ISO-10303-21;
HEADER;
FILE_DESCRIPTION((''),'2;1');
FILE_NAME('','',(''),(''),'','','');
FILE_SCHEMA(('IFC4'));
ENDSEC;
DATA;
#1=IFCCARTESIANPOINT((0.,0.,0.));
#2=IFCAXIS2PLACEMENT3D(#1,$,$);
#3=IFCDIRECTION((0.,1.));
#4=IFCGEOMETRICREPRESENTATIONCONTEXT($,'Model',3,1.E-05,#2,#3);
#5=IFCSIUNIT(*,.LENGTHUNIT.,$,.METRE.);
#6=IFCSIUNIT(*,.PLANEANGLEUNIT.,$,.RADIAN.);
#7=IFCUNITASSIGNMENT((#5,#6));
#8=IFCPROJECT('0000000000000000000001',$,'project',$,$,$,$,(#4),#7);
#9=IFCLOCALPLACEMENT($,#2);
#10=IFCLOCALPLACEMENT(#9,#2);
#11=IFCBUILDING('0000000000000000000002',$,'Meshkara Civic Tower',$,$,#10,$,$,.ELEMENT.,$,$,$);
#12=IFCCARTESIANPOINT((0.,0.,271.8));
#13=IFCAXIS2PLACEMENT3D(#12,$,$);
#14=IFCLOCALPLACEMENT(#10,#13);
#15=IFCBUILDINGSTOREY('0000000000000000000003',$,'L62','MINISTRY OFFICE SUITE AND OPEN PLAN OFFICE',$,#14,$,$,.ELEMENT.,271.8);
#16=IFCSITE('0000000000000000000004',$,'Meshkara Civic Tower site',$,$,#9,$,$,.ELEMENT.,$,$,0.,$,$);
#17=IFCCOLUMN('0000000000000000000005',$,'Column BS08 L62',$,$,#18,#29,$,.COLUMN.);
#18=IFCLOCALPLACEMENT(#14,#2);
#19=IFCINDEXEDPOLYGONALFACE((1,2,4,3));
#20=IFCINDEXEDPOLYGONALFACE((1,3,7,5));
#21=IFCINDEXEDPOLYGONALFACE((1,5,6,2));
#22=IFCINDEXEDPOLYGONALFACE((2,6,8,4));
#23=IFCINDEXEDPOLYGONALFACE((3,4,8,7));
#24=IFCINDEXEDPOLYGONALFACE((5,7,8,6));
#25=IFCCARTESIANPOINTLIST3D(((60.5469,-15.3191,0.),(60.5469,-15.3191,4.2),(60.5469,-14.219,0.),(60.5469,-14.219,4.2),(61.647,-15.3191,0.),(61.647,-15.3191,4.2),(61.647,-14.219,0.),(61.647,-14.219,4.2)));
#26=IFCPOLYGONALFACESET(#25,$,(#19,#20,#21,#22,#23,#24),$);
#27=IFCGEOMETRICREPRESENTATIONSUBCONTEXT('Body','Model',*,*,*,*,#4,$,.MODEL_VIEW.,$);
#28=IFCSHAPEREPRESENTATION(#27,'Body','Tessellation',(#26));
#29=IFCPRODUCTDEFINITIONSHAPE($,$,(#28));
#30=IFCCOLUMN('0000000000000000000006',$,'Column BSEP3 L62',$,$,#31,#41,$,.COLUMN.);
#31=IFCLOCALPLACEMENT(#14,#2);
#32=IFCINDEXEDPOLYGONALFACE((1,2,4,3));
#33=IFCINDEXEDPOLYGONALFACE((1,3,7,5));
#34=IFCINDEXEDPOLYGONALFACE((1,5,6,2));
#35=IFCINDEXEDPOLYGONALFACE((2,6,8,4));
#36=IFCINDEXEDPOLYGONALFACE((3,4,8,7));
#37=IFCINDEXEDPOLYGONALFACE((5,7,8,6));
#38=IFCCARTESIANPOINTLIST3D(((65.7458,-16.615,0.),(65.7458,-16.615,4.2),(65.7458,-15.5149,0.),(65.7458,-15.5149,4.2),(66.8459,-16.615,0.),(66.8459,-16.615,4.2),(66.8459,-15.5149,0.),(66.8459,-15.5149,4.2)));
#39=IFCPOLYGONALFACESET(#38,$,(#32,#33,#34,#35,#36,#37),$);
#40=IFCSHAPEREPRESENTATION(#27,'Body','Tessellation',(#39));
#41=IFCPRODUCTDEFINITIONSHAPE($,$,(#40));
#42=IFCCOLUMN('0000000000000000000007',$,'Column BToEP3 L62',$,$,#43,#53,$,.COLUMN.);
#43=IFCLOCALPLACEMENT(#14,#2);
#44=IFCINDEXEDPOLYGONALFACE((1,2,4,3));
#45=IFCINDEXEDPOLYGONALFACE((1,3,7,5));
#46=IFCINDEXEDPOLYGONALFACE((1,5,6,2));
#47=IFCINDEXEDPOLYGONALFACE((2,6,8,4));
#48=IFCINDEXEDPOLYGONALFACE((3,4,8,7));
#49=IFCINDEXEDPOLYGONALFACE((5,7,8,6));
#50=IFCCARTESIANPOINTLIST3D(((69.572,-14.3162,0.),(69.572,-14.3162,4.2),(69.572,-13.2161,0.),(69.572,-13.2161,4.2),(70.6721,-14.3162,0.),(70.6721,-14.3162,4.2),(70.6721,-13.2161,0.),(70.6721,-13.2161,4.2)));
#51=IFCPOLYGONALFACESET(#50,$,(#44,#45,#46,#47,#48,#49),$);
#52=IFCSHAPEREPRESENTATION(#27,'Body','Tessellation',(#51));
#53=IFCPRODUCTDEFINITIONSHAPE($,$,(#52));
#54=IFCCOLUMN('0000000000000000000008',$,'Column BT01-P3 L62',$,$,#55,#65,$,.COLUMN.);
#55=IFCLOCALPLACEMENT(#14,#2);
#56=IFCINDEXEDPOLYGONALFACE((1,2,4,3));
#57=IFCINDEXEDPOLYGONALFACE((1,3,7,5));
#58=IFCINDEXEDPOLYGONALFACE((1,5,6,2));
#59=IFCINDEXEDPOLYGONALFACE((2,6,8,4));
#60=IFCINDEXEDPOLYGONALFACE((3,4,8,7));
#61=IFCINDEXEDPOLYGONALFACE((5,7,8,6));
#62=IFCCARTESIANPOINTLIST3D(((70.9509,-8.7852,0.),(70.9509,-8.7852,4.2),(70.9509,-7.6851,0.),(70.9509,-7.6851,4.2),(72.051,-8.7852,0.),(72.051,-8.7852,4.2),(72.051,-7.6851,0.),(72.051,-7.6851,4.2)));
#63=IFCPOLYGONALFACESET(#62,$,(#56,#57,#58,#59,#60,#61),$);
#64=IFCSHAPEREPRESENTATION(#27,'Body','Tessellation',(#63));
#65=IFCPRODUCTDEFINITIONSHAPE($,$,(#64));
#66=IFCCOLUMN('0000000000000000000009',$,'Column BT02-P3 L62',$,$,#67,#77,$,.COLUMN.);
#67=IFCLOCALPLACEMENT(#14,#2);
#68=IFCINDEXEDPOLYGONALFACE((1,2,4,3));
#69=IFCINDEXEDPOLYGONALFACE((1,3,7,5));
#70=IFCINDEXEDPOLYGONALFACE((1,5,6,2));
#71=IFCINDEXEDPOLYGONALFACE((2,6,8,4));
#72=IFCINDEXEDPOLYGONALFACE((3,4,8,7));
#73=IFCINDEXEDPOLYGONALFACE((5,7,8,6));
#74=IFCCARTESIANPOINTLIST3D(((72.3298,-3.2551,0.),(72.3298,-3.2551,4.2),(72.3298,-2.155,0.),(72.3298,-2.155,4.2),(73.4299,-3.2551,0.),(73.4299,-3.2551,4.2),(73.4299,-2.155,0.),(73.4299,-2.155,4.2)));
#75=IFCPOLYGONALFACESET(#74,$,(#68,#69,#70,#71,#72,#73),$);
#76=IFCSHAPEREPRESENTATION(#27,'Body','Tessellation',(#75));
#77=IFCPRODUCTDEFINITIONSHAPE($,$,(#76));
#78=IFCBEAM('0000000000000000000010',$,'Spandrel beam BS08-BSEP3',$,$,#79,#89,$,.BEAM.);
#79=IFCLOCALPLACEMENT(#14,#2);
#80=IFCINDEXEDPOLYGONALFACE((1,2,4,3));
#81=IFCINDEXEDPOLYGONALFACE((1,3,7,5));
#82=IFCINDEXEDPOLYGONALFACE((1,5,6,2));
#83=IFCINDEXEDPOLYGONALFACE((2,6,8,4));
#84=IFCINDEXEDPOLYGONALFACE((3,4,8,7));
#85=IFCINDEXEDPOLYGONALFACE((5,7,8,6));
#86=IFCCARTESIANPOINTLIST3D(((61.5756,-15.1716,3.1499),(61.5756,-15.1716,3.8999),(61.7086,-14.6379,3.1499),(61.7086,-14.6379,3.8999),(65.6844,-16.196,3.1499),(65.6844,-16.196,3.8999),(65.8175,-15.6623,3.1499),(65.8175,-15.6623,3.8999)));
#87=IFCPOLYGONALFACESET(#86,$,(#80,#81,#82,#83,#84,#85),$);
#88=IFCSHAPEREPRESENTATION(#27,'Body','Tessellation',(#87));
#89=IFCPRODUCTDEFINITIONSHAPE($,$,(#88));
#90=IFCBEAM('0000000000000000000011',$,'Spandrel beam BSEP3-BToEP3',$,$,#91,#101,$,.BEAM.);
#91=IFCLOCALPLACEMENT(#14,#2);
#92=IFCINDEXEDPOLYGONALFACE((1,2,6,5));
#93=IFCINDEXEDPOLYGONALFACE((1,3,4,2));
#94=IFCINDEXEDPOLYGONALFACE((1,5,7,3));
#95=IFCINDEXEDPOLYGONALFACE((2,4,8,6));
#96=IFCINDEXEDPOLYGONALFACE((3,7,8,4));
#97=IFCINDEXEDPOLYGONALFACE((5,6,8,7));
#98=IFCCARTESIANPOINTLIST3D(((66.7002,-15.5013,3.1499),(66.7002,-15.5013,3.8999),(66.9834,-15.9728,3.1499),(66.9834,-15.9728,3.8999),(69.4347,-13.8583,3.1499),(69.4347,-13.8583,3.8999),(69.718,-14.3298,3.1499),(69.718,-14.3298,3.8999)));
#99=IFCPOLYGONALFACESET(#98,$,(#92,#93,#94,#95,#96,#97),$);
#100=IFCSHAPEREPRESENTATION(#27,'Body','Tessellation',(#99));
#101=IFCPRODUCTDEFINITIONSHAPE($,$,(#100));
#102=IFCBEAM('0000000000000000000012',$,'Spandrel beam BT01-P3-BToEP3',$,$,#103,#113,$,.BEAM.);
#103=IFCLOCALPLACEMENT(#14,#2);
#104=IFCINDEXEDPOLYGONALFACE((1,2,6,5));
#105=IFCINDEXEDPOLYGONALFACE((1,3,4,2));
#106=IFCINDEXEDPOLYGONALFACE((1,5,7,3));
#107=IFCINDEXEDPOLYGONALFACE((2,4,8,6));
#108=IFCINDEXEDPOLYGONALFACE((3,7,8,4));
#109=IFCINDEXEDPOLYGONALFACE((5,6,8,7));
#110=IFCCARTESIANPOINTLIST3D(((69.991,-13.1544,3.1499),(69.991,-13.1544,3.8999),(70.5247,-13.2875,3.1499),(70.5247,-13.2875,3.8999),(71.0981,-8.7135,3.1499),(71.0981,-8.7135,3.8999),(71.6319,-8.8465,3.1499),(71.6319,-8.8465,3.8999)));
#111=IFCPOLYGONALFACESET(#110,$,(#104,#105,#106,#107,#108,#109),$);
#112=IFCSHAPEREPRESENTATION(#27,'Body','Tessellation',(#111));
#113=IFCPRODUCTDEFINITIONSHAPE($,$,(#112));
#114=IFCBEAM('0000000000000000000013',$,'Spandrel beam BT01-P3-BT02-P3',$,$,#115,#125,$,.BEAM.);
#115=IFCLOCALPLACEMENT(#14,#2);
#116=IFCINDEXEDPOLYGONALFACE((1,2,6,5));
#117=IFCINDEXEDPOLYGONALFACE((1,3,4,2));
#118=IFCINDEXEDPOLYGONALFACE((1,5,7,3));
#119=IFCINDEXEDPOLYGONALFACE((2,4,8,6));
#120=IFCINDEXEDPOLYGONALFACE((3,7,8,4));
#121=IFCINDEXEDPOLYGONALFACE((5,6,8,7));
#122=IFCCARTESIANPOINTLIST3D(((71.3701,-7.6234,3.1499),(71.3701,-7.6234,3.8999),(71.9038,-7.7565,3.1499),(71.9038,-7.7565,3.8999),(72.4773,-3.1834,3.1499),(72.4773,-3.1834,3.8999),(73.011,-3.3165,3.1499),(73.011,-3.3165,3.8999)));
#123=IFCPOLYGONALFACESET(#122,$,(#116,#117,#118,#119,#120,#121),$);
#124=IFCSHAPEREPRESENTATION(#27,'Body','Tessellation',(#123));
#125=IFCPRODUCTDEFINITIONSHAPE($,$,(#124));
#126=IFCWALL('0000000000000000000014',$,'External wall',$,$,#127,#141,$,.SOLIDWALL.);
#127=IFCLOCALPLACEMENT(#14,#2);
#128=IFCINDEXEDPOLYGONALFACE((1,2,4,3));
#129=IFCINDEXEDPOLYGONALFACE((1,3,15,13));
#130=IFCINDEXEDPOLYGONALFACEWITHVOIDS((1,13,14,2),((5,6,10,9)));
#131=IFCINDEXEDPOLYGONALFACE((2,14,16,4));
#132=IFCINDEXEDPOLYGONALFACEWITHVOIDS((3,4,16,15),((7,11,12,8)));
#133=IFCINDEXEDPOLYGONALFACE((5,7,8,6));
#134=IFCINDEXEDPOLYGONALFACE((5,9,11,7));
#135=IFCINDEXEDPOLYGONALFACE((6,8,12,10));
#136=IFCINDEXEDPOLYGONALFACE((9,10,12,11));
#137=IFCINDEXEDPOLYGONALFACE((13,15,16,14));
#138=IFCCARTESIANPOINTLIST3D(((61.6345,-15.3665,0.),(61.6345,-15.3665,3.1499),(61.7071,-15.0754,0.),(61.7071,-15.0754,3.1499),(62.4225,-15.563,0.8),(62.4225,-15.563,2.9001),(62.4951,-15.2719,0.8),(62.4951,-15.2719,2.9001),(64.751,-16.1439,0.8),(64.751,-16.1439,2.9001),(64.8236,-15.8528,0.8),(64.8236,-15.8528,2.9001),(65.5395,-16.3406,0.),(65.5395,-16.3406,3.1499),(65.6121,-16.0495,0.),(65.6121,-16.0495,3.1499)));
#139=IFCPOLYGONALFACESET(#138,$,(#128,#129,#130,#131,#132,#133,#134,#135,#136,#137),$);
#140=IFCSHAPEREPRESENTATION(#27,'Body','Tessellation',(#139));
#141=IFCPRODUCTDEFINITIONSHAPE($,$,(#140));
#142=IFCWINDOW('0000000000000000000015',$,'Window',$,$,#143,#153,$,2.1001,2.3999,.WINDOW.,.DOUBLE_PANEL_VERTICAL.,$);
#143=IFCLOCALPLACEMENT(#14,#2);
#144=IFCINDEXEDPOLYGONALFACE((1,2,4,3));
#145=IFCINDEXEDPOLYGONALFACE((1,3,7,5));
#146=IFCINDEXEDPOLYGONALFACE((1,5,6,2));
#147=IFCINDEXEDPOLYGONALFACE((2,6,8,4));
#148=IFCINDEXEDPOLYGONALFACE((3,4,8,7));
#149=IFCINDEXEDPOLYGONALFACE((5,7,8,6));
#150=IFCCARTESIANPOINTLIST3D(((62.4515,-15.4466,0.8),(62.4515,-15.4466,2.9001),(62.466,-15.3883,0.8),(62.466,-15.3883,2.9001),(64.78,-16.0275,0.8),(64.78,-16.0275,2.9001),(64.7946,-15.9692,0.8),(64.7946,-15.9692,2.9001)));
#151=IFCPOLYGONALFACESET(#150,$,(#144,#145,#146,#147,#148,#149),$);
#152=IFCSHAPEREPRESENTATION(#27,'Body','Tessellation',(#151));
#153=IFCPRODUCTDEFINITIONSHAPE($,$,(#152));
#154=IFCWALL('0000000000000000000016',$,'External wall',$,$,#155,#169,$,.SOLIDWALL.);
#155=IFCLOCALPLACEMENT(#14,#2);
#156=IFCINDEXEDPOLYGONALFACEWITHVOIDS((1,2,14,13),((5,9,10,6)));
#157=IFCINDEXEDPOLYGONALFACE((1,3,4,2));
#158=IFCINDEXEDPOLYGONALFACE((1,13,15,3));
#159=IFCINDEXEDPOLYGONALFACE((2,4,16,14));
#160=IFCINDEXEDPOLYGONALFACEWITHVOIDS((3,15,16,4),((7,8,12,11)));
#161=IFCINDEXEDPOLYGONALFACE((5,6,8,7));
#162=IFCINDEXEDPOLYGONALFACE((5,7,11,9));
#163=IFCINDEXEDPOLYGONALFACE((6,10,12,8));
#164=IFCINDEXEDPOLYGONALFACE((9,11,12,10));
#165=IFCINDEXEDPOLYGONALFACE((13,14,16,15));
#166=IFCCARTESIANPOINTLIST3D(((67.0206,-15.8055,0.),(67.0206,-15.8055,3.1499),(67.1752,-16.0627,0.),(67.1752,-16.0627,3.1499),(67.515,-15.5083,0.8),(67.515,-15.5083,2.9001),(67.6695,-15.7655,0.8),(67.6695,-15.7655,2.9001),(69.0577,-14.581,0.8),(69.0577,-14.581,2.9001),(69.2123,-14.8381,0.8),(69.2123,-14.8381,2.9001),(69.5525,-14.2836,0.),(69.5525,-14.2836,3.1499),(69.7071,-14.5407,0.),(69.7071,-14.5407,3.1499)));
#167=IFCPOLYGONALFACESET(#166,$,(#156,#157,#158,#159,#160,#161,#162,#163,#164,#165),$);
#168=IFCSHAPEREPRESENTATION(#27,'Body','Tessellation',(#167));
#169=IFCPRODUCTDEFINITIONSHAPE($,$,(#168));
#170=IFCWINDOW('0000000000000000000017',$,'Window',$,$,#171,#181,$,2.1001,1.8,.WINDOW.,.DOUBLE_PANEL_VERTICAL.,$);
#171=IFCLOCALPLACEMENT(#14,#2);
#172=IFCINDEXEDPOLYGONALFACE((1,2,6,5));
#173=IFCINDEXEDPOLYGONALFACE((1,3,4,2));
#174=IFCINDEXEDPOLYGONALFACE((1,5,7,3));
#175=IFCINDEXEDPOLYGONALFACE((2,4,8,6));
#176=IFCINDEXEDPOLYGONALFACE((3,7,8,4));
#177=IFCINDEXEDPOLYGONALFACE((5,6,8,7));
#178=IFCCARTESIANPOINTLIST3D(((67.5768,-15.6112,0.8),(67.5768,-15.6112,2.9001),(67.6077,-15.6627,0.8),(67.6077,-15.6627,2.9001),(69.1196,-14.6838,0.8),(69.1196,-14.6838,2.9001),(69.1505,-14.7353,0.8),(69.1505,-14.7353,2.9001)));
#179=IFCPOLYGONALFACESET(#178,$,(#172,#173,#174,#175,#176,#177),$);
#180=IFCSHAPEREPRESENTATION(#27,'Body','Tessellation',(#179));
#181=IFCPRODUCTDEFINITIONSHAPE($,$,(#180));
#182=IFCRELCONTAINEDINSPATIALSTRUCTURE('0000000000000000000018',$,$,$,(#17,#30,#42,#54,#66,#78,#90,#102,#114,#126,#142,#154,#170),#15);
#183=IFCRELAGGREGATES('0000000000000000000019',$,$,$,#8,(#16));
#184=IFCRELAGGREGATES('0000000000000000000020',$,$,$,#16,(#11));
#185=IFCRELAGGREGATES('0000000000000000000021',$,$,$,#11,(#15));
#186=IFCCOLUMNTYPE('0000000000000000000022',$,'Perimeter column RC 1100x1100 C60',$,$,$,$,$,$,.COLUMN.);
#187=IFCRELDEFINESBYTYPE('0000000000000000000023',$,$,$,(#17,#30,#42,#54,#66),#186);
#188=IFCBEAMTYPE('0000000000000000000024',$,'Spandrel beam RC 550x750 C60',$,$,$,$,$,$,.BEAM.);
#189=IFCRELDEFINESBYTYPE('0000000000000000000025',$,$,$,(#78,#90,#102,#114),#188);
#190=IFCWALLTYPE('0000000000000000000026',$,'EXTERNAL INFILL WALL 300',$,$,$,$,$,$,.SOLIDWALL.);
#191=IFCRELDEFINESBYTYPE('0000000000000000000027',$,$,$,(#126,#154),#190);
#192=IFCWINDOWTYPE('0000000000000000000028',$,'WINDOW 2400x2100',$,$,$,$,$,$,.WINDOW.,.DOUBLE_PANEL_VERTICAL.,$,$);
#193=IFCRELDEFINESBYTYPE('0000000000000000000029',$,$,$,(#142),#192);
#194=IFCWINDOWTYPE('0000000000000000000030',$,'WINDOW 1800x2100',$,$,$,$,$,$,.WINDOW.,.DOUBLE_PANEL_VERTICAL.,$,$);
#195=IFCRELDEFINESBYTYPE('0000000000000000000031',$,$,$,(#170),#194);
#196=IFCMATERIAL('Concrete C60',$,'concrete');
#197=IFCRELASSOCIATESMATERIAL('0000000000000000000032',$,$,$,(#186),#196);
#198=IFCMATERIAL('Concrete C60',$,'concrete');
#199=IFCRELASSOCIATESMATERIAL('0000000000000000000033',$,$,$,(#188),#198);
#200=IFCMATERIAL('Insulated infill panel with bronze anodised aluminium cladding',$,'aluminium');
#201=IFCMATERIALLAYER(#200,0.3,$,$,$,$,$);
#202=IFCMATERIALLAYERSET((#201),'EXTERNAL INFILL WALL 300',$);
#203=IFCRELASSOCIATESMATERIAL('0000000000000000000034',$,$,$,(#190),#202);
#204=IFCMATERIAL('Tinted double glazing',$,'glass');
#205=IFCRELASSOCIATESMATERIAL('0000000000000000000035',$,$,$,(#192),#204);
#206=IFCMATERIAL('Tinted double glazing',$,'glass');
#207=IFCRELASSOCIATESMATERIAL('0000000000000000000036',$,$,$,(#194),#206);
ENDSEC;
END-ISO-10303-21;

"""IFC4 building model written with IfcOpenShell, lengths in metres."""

from ifc_helpers import new_model, si_unit, direction, frame, frame_2d, origin, origin_2d, place, context, subcontext, project, spatial, rectangle, extrude, material, layer, layer_set, material_profile, profile_set, type_object, element, fill, save


model = new_model("IFC4")

# Units and contexts
model_context = context("Model", 3, precision=1e-05, world=origin(), true_north=direction((0.0, 1.0)))
body_context = subcontext(model_context, "Body", "Model", "MODEL_VIEW")
ifc_project = project(units=[si_unit("LENGTHUNIT", "METRE"), si_unit("PLANEANGLEUNIT", "RADIAN")], contexts=[model_context])

# Site, building, storey
site_placement = place(None, origin())
site = spatial("IfcSite", under=ifc_project, at=site_placement, Name="Meshkara Civic Tower site", CompositionType="ELEMENT", RefElevation=0.0)
building_placement = place(site_placement, origin())
building = spatial("IfcBuilding", under=site, at=building_placement, Name="Meshkara Civic Tower", CompositionType="ELEMENT")
storey_placement = place(building_placement, frame((0.0, 0.0, 271.8)))
storey = spatial("IfcBuildingStorey", under=building, at=storey_placement, Name="L62", Description="MINISTRY OFFICE SUITE AND OPEN PLAN OFFICE", CompositionType="ELEMENT", Elevation=271.8)

# Columns
ifc_material_1 = material(Name="Concrete C60", Category="concrete")
ifc_material_profile_1 = material_profile(ifc_material_1, rectangle(XDim=1.1001, YDim=1.1001, at=origin_2d()))
ifc_profile_set_1 = profile_set([ifc_material_profile_1], Name="Concrete C60")
column_type = type_object("IfcColumnType", Name="Perimeter column RC 1100x1100 C60", PredefinedType="COLUMN", material=ifc_profile_set_1)
for number, where, z_axis, x_axis, name in (
    (1, (61.0969, -14.769, 0.0), (0.0, 0.0, 1.0), (1.0, 0.0, 0.0), "Column BS08 L62"),
    (2, (66.2959, -16.0649, 0.0), (0.0, 0.0, 1.0), (1.0, 0.0, 0.0), "Column BSEP3 L62"),
    (3, (70.1221, -13.7661, 0.0), (0.0, 0.0, 1.0), (1.0, 0.0, 0.0), "Column BToEP3 L62"),
    (4, (71.501, -8.2351, 0.0), (0.0, 0.0, 1.0), (1.0, 0.0, 0.0), "Column BT01-P3 L62"),
    (5, (72.8799, -2.7051, 0.0), (0.0, 0.0, 1.0), (1.0, 0.0, 0.0), "Column BT02-P3 L62"),
):
    element("IfcColumn", number, at=place(storey_placement, frame(where, z_axis=z_axis, x_axis=x_axis)), inside=storey, type_object=column_type, Name=name, PredefinedType="COLUMN", context=body_context, shape_type="SweptSolid", body=[
        extrude(rectangle(XDim=1.1001, YDim=1.1001, at=origin_2d()), origin(), (0.0, 0.0, 1.0), 4.2),
    ])

# Beams
ifc_material_2 = material(Name="Concrete C60", Category="concrete")
ifc_material_profile_2 = material_profile(ifc_material_2, rectangle(XDim=0.55, YDim=0.75, at=origin_2d()))
ifc_profile_set_2 = profile_set([ifc_material_profile_2], Name="Concrete C60")
beam_type = type_object("IfcBeamType", Name="Spandrel beam RC 550x750 C60", PredefinedType="BEAM", material=ifc_profile_set_2)
beam_1_placement = place(storey_placement, frame((61.6421, -14.9048, 3.5249), z_axis=(0.970298, -0.241912, 0.0), x_axis=(0.241912, 0.970298, 0.0)))
element("IfcBeam", 6, at=beam_1_placement, inside=storey, type_object=beam_type, Name="Spandrel beam BS08-BSEP3", PredefinedType="BEAM", context=body_context, shape_type="SweptSolid", body=[
    extrude(rectangle(XDim=0.55, YDim=0.75, at=origin_2d()), origin(), (0.0, 0.0, 1.0), 4.2346),
])
beam_2_placement = place(storey_placement, frame((66.8418, -15.7371, 3.5249), z_axis=(0.857175, 0.515025, 0.0), x_axis=(-0.515025, 0.857175, 0.0)))
element("IfcBeam", 7, at=beam_2_placement, inside=storey, type_object=beam_type, Name="Spandrel beam BSEP3-BToEP3", PredefinedType="BEAM", context=body_context, shape_type="SweptSolid", body=[
    extrude(rectangle(XDim=0.55, YDim=0.75, at=origin_2d()), origin(), (0.0, 0.0, 1.0), 3.1902),
])
beam_3_placement = place(storey_placement, frame((70.2578, -13.2209, 3.5249), z_axis=(0.241908, 0.970299, 0.0), x_axis=(-0.970299, 0.241908, 0.0)))
element("IfcBeam", 8, at=beam_3_placement, inside=storey, type_object=beam_type, Name="Spandrel beam BT01-P3-BToEP3", PredefinedType="BEAM", context=body_context, shape_type="SweptSolid", body=[
    extrude(rectangle(XDim=0.55, YDim=0.75, at=origin_2d()), origin(), (0.0, 0.0, 1.0), 4.5769),
])
beam_4_placement = place(storey_placement, frame((71.637, -7.6899, 3.5249), z_axis=(0.241958, 0.970287, 0.0), x_axis=(-0.970287, 0.241958, 0.0)))
element("IfcBeam", 9, at=beam_4_placement, inside=storey, type_object=beam_type, Name="Spandrel beam BT01-P3-BT02-P3", PredefinedType="BEAM", context=body_context, shape_type="SweptSolid", body=[
    extrude(rectangle(XDim=0.55, YDim=0.75, at=origin_2d()), origin(), (0.0, 0.0, 1.0), 4.5759),
])

# Walls, openings, windows
ifc_material_3 = material(Name="Insulated infill panel with bronze anodised aluminium cladding", Category="aluminium")
ifc_layer_1 = layer(ifc_material_3, 0.3)
ifc_layer_set_1 = layer_set([ifc_layer_1], Name="EXTERNAL INFILL WALL 300")
wall_type_1 = type_object("IfcWallType", Name="EXTERNAL INFILL WALL 300", PredefinedType="SOLIDWALL", material=ifc_layer_set_1)
wall_1_placement = place(storey_placement, frame((61.6709, -15.2209, 0.0), z_axis=(0.0, 0.0, 1.0), x_axis=(0.970267, -0.242036, 0.0)))
wall_1 = element("IfcWall", 10, at=wall_1_placement, inside=storey, type_object=wall_type_1, Name="External wall", PredefinedType="SOLIDWALL", context=body_context, shape_type="SweptSolid", body=[
    extrude(rectangle(XDim=4.0247, YDim=0.3, at=frame_2d((2.0122, 0.0))), origin(), (0.0, 0.0, 1.0), 3.1499),
])
opening_1_placement = place(wall_1_placement, frame((0.812, 0.0, 0.8)))
opening_1 = element("IfcOpeningElement", 11, at=opening_1_placement, cuts=wall_1, PredefinedType="OPENING", context=body_context, shape_type="SweptSolid", body=[
    extrude(rectangle(XDim=2.3999, YDim=2.1001, at=frame_2d((1.2, 1.05))), frame((0.0, 0.1599, 0.0), z_axis=(0.0, -1.0, 0.0), x_axis=(1.0, 0.0, 0.0)), (0.0, 0.0, 1.0), 0.3201),
])
ifc_material_4 = material(Name="Tinted double glazing", Category="glass")
window_type_1 = type_object("IfcWindowType", Name="WINDOW 2400x2100", PartitioningType="DOUBLE_PANEL_VERTICAL", PredefinedType="WINDOW", material=ifc_material_4)
window_1_placement = place(opening_1_placement, origin())
window_1 = element("IfcWindow", 12, at=window_1_placement, inside=storey, type_object=window_type_1, Name="Window", OverallHeight=2.1001, OverallWidth=2.3999, PartitioningType="DOUBLE_PANEL_VERTICAL", PredefinedType="WINDOW", context=body_context, shape_type="SweptSolid", body=[
    extrude(rectangle(XDim=2.3999, YDim=2.1001, at=frame_2d((1.2, 1.05))), frame((0.0, 0.03, 0.0), z_axis=(0.0, -1.0, 0.0), x_axis=(1.0, 0.0, 0.0)), (0.0, 0.0, 1.0), 0.0601),
])
fill(opening_1, window_1)
wall_2_placement = place(storey_placement, frame((67.0979, -15.9341, 0.0), z_axis=(0.0, 0.0, 1.0), x_axis=(0.857077, 0.515188, 0.0)))
wall_2 = element("IfcWall", 13, at=wall_2_placement, inside=storey, type_object=wall_type_1, Name="External wall", PredefinedType="SOLIDWALL", context=body_context, shape_type="SweptSolid", body=[
    extrude(rectangle(XDim=2.9541, YDim=0.3, at=frame_2d((1.4771, 0.0))), origin(), (0.0, 0.0, 1.0), 3.1499),
])
opening_2_placement = place(wall_2_placement, frame((0.5769, 0.0, 0.8)))
opening_2 = element("IfcOpeningElement", 14, at=opening_2_placement, cuts=wall_2, PredefinedType="OPENING", context=body_context, shape_type="SweptSolid", body=[
    extrude(rectangle(XDim=1.8, YDim=2.1001, at=frame_2d((0.8999, 1.05))), frame((0.0, 0.1599, 0.0), z_axis=(0.0, -1.0, 0.0), x_axis=(1.0, 0.0, 0.0)), (0.0, 0.0, 1.0), 0.3201),
])
ifc_material_5 = material(Name="Tinted double glazing", Category="glass")
window_type_2 = type_object("IfcWindowType", Name="WINDOW 1800x2100", PartitioningType="DOUBLE_PANEL_VERTICAL", PredefinedType="WINDOW", material=ifc_material_5)
window_2_placement = place(opening_2_placement, origin())
window_2 = element("IfcWindow", 15, at=window_2_placement, inside=storey, type_object=window_type_2, Name="Window", OverallHeight=2.1001, OverallWidth=1.8, PartitioningType="DOUBLE_PANEL_VERTICAL", PredefinedType="WINDOW", context=body_context, shape_type="SweptSolid", body=[
    extrude(rectangle(XDim=1.8, YDim=2.1001, at=frame_2d((0.8999, 1.05))), frame((0.0, 0.03, 0.0), z_axis=(0.0, -1.0, 0.0), x_axis=(1.0, 0.0, 0.0)), (0.0, 0.0, 1.0), 0.0601),
])
fill(opening_2, window_2)

save(model, "model.ifc")
